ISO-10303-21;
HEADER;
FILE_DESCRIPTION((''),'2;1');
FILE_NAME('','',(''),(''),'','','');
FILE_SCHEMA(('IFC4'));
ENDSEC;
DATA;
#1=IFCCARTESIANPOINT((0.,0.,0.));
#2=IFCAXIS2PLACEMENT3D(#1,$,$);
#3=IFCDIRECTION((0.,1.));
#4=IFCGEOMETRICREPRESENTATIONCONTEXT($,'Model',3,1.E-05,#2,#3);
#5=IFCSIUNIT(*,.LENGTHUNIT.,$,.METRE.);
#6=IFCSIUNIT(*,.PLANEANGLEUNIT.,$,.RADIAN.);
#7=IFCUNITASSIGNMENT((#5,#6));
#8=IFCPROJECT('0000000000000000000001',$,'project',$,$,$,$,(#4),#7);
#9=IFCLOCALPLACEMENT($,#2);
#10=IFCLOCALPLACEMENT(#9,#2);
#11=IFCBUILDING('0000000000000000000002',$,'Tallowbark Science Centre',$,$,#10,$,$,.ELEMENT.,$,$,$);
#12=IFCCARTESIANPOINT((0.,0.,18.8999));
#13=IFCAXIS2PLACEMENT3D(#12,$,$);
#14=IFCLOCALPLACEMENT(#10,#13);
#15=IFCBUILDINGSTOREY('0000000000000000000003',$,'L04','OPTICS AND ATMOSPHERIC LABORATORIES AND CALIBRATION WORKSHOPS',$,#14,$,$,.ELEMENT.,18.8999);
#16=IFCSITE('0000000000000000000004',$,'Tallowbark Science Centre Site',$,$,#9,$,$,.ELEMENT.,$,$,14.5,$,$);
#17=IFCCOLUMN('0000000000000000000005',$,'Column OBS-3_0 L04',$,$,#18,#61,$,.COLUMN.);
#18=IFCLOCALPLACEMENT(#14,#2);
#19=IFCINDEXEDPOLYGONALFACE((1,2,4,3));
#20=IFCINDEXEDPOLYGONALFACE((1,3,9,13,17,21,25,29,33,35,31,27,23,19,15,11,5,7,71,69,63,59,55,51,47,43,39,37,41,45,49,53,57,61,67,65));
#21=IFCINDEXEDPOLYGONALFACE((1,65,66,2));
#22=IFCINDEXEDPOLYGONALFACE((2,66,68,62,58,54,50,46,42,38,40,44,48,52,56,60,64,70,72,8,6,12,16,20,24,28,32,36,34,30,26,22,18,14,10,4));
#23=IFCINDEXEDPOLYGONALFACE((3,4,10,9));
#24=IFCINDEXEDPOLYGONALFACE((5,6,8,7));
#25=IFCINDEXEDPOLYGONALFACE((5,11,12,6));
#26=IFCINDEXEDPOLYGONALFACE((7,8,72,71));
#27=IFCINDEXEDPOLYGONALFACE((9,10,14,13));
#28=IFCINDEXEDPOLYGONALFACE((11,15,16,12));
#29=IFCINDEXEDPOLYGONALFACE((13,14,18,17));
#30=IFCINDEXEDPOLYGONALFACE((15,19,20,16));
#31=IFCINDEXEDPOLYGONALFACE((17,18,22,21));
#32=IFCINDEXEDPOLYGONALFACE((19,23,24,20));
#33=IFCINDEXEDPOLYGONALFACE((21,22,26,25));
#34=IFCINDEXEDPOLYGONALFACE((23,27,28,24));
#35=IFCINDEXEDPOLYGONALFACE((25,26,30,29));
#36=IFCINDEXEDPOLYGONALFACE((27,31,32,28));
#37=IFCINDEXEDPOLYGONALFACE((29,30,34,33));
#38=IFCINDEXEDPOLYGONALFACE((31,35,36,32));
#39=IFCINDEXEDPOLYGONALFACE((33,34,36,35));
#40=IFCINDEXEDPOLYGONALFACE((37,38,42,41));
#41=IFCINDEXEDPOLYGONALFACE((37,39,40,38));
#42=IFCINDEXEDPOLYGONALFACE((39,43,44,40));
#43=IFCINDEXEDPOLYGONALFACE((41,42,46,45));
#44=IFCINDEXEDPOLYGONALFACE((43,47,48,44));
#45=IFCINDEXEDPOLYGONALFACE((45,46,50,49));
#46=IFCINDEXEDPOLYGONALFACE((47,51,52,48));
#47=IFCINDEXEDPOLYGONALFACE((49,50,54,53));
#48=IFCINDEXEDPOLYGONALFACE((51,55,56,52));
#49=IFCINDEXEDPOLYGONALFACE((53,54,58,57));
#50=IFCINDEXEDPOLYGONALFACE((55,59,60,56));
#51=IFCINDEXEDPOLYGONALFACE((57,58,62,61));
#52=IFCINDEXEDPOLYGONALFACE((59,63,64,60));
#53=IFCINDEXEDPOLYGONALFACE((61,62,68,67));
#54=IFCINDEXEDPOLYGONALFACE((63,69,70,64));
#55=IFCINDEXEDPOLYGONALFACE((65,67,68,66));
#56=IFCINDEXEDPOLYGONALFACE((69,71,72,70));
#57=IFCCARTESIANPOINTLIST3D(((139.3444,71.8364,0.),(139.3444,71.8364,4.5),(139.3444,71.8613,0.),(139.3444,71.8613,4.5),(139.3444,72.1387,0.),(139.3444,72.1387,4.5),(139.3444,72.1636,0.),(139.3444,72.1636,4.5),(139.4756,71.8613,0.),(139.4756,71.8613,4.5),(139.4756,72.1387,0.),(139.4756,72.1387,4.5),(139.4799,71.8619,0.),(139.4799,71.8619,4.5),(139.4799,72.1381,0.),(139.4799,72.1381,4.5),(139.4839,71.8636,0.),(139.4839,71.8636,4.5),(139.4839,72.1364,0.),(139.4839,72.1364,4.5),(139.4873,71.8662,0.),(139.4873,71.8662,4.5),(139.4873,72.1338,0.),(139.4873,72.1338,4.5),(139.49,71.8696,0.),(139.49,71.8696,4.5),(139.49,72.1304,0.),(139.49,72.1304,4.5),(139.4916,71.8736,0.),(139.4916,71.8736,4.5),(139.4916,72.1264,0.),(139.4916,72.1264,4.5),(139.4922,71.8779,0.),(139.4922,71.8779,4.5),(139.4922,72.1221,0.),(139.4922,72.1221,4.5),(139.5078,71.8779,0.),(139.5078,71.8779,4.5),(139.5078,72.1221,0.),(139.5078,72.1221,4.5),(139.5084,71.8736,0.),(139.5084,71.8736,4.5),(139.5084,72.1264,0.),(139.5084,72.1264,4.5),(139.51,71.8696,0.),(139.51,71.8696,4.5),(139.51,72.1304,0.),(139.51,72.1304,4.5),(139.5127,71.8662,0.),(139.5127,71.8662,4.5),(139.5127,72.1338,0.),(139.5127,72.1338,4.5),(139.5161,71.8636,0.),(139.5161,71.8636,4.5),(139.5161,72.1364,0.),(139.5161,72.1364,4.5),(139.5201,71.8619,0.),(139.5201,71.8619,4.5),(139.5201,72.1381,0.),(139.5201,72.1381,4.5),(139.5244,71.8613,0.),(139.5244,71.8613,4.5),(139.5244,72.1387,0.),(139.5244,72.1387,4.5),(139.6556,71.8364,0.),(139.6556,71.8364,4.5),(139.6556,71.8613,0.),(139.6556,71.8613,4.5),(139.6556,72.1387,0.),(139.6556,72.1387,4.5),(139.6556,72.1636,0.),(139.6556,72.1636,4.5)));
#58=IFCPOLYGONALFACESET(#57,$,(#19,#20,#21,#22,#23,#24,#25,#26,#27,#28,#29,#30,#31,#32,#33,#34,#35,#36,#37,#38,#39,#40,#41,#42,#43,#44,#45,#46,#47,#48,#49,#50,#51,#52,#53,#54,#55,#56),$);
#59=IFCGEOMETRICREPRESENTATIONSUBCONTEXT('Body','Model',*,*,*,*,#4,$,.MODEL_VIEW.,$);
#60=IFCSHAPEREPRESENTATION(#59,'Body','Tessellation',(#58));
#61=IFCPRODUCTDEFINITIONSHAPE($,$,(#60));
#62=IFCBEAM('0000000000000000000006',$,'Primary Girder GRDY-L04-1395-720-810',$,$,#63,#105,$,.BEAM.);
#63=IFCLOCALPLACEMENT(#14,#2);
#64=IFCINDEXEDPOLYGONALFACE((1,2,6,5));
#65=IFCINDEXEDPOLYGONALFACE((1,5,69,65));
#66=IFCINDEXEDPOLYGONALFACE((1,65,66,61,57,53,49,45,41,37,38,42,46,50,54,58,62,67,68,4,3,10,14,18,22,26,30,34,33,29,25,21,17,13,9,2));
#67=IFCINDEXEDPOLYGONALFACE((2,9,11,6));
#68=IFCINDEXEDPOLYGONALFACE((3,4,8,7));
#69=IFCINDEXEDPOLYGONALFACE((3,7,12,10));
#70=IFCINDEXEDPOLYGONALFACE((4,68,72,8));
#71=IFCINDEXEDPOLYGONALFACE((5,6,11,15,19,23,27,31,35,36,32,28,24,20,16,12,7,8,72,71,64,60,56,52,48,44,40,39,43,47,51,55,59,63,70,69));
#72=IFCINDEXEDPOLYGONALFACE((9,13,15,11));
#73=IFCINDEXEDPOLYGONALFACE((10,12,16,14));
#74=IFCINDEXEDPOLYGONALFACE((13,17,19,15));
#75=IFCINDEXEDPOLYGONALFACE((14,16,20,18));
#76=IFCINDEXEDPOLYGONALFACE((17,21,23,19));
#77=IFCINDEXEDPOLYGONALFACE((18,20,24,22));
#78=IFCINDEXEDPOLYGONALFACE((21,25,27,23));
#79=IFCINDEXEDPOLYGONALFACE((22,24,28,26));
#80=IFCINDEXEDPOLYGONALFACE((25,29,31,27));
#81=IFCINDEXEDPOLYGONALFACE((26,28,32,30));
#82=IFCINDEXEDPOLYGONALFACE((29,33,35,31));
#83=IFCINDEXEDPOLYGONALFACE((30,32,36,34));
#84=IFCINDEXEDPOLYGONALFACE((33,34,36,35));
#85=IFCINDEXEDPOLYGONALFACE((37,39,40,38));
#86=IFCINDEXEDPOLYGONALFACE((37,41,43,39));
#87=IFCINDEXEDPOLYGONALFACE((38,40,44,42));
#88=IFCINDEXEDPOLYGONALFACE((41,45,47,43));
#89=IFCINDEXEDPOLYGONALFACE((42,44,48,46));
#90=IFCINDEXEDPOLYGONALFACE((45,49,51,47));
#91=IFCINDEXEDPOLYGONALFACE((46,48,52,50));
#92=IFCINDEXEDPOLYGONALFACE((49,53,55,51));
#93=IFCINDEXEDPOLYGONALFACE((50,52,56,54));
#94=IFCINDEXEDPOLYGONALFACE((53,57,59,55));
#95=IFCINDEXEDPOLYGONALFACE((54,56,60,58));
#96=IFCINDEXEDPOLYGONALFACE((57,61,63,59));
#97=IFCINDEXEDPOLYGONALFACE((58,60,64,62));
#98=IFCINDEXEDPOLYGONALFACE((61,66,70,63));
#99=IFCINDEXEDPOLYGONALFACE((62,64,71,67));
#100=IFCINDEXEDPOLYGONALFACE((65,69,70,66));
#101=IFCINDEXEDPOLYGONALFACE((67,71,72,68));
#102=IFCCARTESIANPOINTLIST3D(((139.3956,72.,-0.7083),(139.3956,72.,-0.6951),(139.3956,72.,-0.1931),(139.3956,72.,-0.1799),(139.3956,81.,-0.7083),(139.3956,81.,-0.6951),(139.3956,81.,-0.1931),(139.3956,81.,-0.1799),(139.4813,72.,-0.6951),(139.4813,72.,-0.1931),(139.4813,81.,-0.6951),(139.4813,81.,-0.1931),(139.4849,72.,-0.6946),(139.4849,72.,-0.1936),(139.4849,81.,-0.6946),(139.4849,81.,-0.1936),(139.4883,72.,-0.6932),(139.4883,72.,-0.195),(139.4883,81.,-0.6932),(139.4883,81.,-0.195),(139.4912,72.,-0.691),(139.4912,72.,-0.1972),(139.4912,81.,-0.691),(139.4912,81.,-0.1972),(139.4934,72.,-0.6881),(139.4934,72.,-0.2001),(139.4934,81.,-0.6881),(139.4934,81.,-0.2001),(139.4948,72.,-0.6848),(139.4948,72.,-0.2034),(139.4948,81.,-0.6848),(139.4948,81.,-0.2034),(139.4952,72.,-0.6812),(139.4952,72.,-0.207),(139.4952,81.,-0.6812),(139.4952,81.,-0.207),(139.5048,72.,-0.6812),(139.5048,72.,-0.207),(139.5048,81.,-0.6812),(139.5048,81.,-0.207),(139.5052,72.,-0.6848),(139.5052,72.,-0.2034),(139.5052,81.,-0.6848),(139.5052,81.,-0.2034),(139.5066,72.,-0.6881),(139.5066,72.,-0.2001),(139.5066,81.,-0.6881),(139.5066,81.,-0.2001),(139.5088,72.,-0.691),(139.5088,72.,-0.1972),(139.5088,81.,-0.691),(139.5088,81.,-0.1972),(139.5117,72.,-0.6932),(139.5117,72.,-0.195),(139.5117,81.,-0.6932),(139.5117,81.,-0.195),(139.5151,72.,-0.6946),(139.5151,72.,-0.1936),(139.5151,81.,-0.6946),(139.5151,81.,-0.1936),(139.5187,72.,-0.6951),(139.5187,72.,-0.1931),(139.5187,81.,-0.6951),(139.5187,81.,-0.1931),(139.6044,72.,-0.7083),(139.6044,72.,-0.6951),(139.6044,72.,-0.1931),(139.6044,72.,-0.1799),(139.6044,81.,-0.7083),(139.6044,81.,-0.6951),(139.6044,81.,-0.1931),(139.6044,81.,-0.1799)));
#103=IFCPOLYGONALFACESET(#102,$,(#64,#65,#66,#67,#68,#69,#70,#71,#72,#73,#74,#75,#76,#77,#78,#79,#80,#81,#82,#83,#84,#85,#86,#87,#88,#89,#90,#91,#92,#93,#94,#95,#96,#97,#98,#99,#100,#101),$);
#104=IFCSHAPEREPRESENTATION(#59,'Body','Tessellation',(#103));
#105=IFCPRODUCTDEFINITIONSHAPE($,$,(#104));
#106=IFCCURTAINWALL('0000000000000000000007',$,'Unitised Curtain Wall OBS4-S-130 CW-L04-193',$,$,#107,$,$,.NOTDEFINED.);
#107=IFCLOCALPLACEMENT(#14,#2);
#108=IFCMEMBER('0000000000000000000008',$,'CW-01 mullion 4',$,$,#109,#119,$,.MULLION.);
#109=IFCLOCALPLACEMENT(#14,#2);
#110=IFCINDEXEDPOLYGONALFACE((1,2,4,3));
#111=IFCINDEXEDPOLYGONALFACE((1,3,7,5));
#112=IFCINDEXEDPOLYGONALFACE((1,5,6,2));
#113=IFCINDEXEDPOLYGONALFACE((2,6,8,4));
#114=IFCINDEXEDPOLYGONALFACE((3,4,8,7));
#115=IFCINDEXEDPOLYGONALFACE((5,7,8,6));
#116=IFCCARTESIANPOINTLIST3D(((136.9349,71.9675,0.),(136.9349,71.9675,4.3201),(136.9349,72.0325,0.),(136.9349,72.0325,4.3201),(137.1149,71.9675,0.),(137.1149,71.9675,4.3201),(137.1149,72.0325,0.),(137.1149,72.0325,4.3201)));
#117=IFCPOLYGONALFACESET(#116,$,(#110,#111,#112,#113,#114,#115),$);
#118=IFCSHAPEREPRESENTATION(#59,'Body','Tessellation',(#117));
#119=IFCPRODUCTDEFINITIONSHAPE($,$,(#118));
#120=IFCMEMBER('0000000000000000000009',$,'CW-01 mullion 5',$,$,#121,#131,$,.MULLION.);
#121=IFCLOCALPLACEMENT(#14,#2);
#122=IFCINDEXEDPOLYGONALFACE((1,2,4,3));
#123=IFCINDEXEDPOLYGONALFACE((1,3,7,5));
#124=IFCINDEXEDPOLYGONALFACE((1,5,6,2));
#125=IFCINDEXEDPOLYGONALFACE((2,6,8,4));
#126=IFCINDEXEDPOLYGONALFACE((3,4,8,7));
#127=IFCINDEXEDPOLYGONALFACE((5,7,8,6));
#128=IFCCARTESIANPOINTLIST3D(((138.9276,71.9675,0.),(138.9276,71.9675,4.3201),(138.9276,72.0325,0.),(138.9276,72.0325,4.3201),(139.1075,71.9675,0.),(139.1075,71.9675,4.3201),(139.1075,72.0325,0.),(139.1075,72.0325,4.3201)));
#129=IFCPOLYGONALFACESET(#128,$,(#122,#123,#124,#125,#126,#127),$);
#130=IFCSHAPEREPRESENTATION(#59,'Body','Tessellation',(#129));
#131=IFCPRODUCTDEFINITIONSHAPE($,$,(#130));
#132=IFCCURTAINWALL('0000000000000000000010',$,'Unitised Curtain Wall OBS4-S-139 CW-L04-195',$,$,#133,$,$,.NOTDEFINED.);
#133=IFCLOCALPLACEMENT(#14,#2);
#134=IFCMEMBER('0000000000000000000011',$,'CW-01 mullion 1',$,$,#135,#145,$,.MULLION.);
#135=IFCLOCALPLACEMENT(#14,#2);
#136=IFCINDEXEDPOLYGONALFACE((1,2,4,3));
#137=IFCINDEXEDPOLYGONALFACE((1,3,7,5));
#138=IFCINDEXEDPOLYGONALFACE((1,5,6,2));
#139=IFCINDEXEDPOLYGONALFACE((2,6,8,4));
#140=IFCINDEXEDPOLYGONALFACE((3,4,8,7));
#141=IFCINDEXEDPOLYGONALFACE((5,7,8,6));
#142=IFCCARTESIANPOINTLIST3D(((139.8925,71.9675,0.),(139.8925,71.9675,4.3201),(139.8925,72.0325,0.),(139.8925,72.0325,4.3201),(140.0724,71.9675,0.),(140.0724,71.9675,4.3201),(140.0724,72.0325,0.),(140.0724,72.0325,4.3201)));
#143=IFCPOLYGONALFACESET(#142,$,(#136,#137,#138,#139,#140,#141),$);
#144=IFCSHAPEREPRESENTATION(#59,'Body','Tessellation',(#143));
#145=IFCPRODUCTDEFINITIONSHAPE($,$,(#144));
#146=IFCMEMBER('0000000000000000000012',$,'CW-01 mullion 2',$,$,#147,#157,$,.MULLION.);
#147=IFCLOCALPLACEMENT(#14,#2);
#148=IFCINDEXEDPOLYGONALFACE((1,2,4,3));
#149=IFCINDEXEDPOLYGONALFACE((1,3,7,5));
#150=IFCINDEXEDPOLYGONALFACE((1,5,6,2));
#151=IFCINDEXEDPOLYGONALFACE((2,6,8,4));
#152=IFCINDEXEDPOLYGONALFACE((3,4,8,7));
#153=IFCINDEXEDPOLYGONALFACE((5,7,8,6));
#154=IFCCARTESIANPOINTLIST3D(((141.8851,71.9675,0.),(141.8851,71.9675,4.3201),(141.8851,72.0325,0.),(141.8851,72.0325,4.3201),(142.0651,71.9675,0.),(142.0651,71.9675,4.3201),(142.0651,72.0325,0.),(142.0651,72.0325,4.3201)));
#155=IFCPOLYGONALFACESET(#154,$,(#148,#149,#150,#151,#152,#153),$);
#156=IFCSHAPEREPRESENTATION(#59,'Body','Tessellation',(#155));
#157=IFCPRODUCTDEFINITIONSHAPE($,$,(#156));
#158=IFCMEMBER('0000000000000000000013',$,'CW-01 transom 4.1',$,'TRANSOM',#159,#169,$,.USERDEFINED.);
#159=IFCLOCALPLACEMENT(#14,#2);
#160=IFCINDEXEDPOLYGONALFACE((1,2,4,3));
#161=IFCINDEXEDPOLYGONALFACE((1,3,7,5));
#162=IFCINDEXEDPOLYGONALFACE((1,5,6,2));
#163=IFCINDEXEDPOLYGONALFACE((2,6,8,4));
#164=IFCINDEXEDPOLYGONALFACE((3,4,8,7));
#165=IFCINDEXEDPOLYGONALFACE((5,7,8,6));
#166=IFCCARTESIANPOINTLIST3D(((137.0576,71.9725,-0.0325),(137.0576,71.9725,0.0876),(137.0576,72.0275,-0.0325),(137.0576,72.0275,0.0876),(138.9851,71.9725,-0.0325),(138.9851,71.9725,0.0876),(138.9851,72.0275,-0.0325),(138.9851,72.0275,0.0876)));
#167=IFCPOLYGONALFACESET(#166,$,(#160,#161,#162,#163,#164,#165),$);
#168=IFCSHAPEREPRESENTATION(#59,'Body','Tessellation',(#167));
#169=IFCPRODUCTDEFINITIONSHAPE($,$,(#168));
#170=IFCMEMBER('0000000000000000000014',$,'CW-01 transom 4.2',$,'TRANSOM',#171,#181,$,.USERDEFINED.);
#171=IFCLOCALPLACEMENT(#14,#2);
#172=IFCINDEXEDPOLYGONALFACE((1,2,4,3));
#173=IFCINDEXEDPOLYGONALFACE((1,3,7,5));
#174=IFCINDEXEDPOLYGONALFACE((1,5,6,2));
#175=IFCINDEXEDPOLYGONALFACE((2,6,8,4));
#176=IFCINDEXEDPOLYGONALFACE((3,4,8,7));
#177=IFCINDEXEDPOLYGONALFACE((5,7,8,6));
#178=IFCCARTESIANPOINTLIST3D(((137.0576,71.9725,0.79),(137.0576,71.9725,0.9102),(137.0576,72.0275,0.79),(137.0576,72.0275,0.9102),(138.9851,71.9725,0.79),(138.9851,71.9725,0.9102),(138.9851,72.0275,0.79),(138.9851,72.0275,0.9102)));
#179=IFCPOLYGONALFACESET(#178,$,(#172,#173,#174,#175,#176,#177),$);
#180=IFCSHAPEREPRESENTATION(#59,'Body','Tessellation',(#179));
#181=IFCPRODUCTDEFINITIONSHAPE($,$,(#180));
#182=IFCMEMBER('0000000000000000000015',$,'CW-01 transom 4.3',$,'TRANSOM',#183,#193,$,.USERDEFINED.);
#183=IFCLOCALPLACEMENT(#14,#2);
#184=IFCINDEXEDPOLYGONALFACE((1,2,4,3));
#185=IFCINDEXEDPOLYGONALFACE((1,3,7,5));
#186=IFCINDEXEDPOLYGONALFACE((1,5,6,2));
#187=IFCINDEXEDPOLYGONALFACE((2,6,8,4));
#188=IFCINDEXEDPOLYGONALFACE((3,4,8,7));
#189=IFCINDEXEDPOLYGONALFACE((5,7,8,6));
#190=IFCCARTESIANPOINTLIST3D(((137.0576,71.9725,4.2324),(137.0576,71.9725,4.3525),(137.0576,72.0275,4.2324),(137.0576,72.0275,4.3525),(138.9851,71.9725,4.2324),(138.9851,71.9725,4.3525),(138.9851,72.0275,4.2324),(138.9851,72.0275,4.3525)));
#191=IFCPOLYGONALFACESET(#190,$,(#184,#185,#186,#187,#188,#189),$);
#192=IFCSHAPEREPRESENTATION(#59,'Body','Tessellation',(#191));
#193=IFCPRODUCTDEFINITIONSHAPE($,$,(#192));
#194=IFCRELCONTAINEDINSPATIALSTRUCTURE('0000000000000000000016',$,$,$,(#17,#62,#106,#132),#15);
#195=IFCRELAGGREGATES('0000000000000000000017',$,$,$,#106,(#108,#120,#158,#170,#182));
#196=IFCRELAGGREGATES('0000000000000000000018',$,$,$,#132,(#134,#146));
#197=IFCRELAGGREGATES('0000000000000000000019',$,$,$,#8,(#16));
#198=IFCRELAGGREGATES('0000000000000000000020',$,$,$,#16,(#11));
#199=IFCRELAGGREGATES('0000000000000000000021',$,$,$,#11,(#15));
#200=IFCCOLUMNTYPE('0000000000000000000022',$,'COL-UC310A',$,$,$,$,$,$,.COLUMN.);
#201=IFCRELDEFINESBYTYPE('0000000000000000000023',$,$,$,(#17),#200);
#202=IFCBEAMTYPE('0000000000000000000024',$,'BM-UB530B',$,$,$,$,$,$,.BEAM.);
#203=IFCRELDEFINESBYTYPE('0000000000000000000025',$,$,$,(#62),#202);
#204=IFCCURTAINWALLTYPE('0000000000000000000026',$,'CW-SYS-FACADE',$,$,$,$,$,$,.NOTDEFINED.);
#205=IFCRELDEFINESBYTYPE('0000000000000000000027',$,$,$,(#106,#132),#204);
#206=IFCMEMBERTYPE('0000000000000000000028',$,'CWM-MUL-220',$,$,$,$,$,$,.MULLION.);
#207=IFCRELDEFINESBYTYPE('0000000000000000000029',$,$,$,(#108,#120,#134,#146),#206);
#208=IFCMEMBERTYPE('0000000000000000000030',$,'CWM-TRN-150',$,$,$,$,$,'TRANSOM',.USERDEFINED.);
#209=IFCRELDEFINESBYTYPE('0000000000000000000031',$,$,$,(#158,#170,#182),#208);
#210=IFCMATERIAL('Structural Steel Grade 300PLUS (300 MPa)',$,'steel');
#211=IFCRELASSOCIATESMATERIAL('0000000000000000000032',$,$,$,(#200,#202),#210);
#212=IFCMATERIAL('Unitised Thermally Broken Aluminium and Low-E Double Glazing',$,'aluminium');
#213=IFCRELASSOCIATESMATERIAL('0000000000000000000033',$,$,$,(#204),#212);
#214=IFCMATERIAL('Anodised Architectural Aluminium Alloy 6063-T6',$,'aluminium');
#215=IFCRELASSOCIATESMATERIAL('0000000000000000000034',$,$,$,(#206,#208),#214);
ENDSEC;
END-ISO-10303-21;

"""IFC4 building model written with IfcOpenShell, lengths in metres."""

from ifc_helpers import new_model, si_unit, direction, frame, origin, origin_2d, place, context, subcontext, project, spatial, rectangle, i_section, extrude, material, material_profile, profile_set, type_object, element, aggregate, save


model = new_model("IFC4")

# Units and contexts
model_context = context("Model", 3, precision=1e-05, world=origin(), true_north=direction((0.0, 1.0)))
body_context = subcontext(model_context, "Body", "Model", "MODEL_VIEW")
ifc_project = project(units=[si_unit("LENGTHUNIT", "METRE"), si_unit("PLANEANGLEUNIT", "RADIAN")], contexts=[model_context])

# Site, building, storey
site_placement = place(None, origin())
site = spatial("IfcSite", under=ifc_project, at=site_placement, Name="Tallowbark Science Centre Site", CompositionType="ELEMENT", RefElevation=14.5)
building_placement = place(site_placement, origin())
building = spatial("IfcBuilding", under=site, at=building_placement, Name="Tallowbark Science Centre", CompositionType="ELEMENT")
storey_placement = place(building_placement, frame((0.0, 0.0, 18.8999)))
storey = spatial("IfcBuildingStorey", under=building, at=storey_placement, Name="L04", Description="OPTICS AND ATMOSPHERIC LABORATORIES AND CALIBRATION WORKSHOPS", CompositionType="ELEMENT", Elevation=18.8999)

# Column
ifc_material_1 = material(Name="Structural Steel Grade 300PLUS (300 MPa)", Category="steel")
ifc_material_profile_1 = material_profile(ifc_material_1, i_section(OverallWidth=0.3113, OverallDepth=0.3271, WebThickness=0.0156, FlangeThickness=0.0249, FilletRadius=0.0166, at=origin_2d()), Name="310UC158")
ifc_profile_set_1 = profile_set([ifc_material_profile_1], Name="Structural Steel Grade 300PLUS (300 MPa)")
column_type = type_object("IfcColumnType", Name="COL-UC310A", PredefinedType="COLUMN", material=ifc_profile_set_1)
column_placement = place(storey_placement, frame((139.5, 72.0, 0.0), z_axis=(0.0, 0.0, 1.0), x_axis=(1.0, 0.0, 0.0)))
element("IfcColumn", 1, at=column_placement, inside=storey, type_object=column_type, Name="Column OBS-3_0 L04", PredefinedType="COLUMN", context=body_context, shape_type="SweptSolid", body=[
    extrude(i_section(OverallWidth=0.3113, OverallDepth=0.3271, WebThickness=0.0156, FlangeThickness=0.0249, FilletRadius=0.0166, at=origin_2d()), origin(), (0.0, 0.0, 1.0), 4.5),
])

# Beam
ifc_material_profile_2 = material_profile(ifc_material_1, i_section(OverallWidth=0.2087, OverallDepth=0.5283, WebThickness=0.0095, FlangeThickness=0.0132, FilletRadius=0.0139, at=origin_2d()), Name="530UB82.0")
ifc_profile_set_2 = profile_set([ifc_material_profile_2], Name="Structural Steel Grade 300PLUS (300 MPa)")
beam_type_1 = type_object("IfcBeamType", Name="BM-UB530B", PredefinedType="BEAM", material=ifc_profile_set_2)
beam_1_placement = place(storey_placement, frame((139.5, 72.0, -0.4441), z_axis=(0.0, 1.0, 0.0), x_axis=(-1.0, 0.0, 0.0)))
element("IfcBeam", 2, at=beam_1_placement, inside=storey, type_object=beam_type_1, Name="Primary Girder GRDY-L04-1395-720-810", PredefinedType="BEAM", context=body_context, shape_type="SweptSolid", body=[
    extrude(i_section(OverallWidth=0.2087, OverallDepth=0.5283, WebThickness=0.0095, FlangeThickness=0.0132, FilletRadius=0.0139, at=origin_2d()), origin(), (0.0, 0.0, 1.0), 9.0),
])

# Curtain walls, members
ifc_material_2 = material(Name="Unitised Thermally Broken Aluminium and Low-E Double Glazing", Category="aluminium")
curtain_wall_type = type_object("IfcCurtainWallType", Name="CW-SYS-FACADE", PredefinedType="NOTDEFINED", material=ifc_material_2)
curtain_wall_1_placement = place(storey_placement, origin())
curtain_wall_1 = element("IfcCurtainWall", 3, at=curtain_wall_1_placement, inside=storey, type_object=curtain_wall_type, Name="Unitised Curtain Wall OBS4-S-130 CW-L04-193", PredefinedType="NOTDEFINED")
ifc_material_3 = material(Name="Anodised Architectural Aluminium Alloy 6063-T6", Category="aluminium")
ifc_material_profile_3 = material_profile(ifc_material_3, rectangle(XDim=0.0649, YDim=0.1799, at=origin_2d()), Name="ALU65x180")
ifc_profile_set_3 = profile_set([ifc_material_profile_3], Name="Anodised Architectural Aluminium Alloy 6063-T6")
member_type_1 = type_object("IfcMemberType", Name="CWM-MUL-220", PredefinedType="MULLION", material=ifc_profile_set_3)
member_1_placement = place(storey_placement, frame((137.0249, 72.0, 0.0), z_axis=(0.0, 0.0, 1.0), x_axis=(0.0, 1.0, 0.0)))
member_1 = element("IfcMember", 4, at=member_1_placement, type_object=member_type_1, Name="CW-01 mullion 4", PredefinedType="MULLION", context=body_context, shape_type="SweptSolid", body=[
    extrude(rectangle(XDim=0.0649, YDim=0.1799, at=origin_2d()), origin(), (0.0, 0.0, 1.0), 4.3201),
])
member_2_placement = place(storey_placement, frame((139.0176, 72.0, 0.0), z_axis=(0.0, 0.0, 1.0), x_axis=(0.0, 1.0, 0.0)))
member_2 = element("IfcMember", 5, at=member_2_placement, type_object=member_type_1, Name="CW-01 mullion 5", PredefinedType="MULLION", context=body_context, shape_type="SweptSolid", body=[
    extrude(rectangle(XDim=0.0649, YDim=0.1799, at=origin_2d()), origin(), (0.0, 0.0, 1.0), 4.3201),
])
curtain_wall_2_placement = place(storey_placement, origin())
curtain_wall_2 = element("IfcCurtainWall", 6, at=curtain_wall_2_placement, inside=storey, type_object=curtain_wall_type, Name="Unitised Curtain Wall OBS4-S-139 CW-L04-195", PredefinedType="NOTDEFINED")
member_3_placement = place(storey_placement, frame((139.9824, 72.0, 0.0), z_axis=(0.0, 0.0, 1.0), x_axis=(0.0, 1.0, 0.0)))
member_3 = element("IfcMember", 7, at=member_3_placement, type_object=member_type_1, Name="CW-01 mullion 1", PredefinedType="MULLION", context=body_context, shape_type="SweptSolid", body=[
    extrude(rectangle(XDim=0.0649, YDim=0.1799, at=origin_2d()), origin(), (0.0, 0.0, 1.0), 4.3201),
])
member_4_placement = place(storey_placement, frame((141.9751, 72.0, 0.0), z_axis=(0.0, 0.0, 1.0), x_axis=(0.0, 1.0, 0.0)))
member_4 = element("IfcMember", 8, at=member_4_placement, type_object=member_type_1, Name="CW-01 mullion 2", PredefinedType="MULLION", context=body_context, shape_type="SweptSolid", body=[
    extrude(rectangle(XDim=0.0649, YDim=0.1799, at=origin_2d()), origin(), (0.0, 0.0, 1.0), 4.3201),
])

# Members
ifc_material_profile_4 = material_profile(ifc_material_3, rectangle(XDim=0.0549, YDim=0.1201, at=origin_2d()), Name="ALU55x120")
ifc_profile_set_4 = profile_set([ifc_material_profile_4], Name="Anodised Architectural Aluminium Alloy 6063-T6")
member_type_2 = type_object("IfcMemberType", Name="CWM-TRN-150", ElementType="TRANSOM", PredefinedType="USERDEFINED", material=ifc_profile_set_4)
member_5_placement = place(storey_placement, frame((137.0576, 72.0, 0.0276), z_axis=(1.0, 0.0, 0.0), x_axis=(0.0, 1.0, 0.0)))
member_5 = element("IfcMember", 9, at=member_5_placement, type_object=member_type_2, Name="CW-01 transom 4.1", ObjectType="TRANSOM", PredefinedType="USERDEFINED", context=body_context, shape_type="SweptSolid", body=[
    extrude(rectangle(XDim=0.0549, YDim=0.1201, at=origin_2d()), origin(), (0.0, 0.0, 1.0), 1.9275),
])
member_6_placement = place(storey_placement, frame((137.0576, 72.0, 0.8501), z_axis=(1.0, 0.0, 0.0), x_axis=(0.0, 1.0, 0.0)))
member_6 = element("IfcMember", 10, at=member_6_placement, type_object=member_type_2, Name="CW-01 transom 4.2", ObjectType="TRANSOM", PredefinedType="USERDEFINED", context=body_context, shape_type="SweptSolid", body=[
    extrude(rectangle(XDim=0.0549, YDim=0.1201, at=origin_2d()), origin(), (0.0, 0.0, 1.0), 1.9275),
])
member_7_placement = place(storey_placement, frame((137.0576, 72.0, 4.2925), z_axis=(1.0, 0.0, 0.0), x_axis=(0.0, 1.0, 0.0)))
member_7 = element("IfcMember", 11, at=member_7_placement, type_object=member_type_2, Name="CW-01 transom 4.3", ObjectType="TRANSOM", PredefinedType="USERDEFINED", context=body_context, shape_type="SweptSolid", body=[
    extrude(rectangle(XDim=0.0549, YDim=0.1201, at=origin_2d()), origin(), (0.0, 0.0, 1.0), 1.9275),
])

aggregate(curtain_wall_1, [member_1, member_2, member_5, member_6, member_7])
aggregate(curtain_wall_2, [member_3, member_4])

save(model, "model.ifc")
